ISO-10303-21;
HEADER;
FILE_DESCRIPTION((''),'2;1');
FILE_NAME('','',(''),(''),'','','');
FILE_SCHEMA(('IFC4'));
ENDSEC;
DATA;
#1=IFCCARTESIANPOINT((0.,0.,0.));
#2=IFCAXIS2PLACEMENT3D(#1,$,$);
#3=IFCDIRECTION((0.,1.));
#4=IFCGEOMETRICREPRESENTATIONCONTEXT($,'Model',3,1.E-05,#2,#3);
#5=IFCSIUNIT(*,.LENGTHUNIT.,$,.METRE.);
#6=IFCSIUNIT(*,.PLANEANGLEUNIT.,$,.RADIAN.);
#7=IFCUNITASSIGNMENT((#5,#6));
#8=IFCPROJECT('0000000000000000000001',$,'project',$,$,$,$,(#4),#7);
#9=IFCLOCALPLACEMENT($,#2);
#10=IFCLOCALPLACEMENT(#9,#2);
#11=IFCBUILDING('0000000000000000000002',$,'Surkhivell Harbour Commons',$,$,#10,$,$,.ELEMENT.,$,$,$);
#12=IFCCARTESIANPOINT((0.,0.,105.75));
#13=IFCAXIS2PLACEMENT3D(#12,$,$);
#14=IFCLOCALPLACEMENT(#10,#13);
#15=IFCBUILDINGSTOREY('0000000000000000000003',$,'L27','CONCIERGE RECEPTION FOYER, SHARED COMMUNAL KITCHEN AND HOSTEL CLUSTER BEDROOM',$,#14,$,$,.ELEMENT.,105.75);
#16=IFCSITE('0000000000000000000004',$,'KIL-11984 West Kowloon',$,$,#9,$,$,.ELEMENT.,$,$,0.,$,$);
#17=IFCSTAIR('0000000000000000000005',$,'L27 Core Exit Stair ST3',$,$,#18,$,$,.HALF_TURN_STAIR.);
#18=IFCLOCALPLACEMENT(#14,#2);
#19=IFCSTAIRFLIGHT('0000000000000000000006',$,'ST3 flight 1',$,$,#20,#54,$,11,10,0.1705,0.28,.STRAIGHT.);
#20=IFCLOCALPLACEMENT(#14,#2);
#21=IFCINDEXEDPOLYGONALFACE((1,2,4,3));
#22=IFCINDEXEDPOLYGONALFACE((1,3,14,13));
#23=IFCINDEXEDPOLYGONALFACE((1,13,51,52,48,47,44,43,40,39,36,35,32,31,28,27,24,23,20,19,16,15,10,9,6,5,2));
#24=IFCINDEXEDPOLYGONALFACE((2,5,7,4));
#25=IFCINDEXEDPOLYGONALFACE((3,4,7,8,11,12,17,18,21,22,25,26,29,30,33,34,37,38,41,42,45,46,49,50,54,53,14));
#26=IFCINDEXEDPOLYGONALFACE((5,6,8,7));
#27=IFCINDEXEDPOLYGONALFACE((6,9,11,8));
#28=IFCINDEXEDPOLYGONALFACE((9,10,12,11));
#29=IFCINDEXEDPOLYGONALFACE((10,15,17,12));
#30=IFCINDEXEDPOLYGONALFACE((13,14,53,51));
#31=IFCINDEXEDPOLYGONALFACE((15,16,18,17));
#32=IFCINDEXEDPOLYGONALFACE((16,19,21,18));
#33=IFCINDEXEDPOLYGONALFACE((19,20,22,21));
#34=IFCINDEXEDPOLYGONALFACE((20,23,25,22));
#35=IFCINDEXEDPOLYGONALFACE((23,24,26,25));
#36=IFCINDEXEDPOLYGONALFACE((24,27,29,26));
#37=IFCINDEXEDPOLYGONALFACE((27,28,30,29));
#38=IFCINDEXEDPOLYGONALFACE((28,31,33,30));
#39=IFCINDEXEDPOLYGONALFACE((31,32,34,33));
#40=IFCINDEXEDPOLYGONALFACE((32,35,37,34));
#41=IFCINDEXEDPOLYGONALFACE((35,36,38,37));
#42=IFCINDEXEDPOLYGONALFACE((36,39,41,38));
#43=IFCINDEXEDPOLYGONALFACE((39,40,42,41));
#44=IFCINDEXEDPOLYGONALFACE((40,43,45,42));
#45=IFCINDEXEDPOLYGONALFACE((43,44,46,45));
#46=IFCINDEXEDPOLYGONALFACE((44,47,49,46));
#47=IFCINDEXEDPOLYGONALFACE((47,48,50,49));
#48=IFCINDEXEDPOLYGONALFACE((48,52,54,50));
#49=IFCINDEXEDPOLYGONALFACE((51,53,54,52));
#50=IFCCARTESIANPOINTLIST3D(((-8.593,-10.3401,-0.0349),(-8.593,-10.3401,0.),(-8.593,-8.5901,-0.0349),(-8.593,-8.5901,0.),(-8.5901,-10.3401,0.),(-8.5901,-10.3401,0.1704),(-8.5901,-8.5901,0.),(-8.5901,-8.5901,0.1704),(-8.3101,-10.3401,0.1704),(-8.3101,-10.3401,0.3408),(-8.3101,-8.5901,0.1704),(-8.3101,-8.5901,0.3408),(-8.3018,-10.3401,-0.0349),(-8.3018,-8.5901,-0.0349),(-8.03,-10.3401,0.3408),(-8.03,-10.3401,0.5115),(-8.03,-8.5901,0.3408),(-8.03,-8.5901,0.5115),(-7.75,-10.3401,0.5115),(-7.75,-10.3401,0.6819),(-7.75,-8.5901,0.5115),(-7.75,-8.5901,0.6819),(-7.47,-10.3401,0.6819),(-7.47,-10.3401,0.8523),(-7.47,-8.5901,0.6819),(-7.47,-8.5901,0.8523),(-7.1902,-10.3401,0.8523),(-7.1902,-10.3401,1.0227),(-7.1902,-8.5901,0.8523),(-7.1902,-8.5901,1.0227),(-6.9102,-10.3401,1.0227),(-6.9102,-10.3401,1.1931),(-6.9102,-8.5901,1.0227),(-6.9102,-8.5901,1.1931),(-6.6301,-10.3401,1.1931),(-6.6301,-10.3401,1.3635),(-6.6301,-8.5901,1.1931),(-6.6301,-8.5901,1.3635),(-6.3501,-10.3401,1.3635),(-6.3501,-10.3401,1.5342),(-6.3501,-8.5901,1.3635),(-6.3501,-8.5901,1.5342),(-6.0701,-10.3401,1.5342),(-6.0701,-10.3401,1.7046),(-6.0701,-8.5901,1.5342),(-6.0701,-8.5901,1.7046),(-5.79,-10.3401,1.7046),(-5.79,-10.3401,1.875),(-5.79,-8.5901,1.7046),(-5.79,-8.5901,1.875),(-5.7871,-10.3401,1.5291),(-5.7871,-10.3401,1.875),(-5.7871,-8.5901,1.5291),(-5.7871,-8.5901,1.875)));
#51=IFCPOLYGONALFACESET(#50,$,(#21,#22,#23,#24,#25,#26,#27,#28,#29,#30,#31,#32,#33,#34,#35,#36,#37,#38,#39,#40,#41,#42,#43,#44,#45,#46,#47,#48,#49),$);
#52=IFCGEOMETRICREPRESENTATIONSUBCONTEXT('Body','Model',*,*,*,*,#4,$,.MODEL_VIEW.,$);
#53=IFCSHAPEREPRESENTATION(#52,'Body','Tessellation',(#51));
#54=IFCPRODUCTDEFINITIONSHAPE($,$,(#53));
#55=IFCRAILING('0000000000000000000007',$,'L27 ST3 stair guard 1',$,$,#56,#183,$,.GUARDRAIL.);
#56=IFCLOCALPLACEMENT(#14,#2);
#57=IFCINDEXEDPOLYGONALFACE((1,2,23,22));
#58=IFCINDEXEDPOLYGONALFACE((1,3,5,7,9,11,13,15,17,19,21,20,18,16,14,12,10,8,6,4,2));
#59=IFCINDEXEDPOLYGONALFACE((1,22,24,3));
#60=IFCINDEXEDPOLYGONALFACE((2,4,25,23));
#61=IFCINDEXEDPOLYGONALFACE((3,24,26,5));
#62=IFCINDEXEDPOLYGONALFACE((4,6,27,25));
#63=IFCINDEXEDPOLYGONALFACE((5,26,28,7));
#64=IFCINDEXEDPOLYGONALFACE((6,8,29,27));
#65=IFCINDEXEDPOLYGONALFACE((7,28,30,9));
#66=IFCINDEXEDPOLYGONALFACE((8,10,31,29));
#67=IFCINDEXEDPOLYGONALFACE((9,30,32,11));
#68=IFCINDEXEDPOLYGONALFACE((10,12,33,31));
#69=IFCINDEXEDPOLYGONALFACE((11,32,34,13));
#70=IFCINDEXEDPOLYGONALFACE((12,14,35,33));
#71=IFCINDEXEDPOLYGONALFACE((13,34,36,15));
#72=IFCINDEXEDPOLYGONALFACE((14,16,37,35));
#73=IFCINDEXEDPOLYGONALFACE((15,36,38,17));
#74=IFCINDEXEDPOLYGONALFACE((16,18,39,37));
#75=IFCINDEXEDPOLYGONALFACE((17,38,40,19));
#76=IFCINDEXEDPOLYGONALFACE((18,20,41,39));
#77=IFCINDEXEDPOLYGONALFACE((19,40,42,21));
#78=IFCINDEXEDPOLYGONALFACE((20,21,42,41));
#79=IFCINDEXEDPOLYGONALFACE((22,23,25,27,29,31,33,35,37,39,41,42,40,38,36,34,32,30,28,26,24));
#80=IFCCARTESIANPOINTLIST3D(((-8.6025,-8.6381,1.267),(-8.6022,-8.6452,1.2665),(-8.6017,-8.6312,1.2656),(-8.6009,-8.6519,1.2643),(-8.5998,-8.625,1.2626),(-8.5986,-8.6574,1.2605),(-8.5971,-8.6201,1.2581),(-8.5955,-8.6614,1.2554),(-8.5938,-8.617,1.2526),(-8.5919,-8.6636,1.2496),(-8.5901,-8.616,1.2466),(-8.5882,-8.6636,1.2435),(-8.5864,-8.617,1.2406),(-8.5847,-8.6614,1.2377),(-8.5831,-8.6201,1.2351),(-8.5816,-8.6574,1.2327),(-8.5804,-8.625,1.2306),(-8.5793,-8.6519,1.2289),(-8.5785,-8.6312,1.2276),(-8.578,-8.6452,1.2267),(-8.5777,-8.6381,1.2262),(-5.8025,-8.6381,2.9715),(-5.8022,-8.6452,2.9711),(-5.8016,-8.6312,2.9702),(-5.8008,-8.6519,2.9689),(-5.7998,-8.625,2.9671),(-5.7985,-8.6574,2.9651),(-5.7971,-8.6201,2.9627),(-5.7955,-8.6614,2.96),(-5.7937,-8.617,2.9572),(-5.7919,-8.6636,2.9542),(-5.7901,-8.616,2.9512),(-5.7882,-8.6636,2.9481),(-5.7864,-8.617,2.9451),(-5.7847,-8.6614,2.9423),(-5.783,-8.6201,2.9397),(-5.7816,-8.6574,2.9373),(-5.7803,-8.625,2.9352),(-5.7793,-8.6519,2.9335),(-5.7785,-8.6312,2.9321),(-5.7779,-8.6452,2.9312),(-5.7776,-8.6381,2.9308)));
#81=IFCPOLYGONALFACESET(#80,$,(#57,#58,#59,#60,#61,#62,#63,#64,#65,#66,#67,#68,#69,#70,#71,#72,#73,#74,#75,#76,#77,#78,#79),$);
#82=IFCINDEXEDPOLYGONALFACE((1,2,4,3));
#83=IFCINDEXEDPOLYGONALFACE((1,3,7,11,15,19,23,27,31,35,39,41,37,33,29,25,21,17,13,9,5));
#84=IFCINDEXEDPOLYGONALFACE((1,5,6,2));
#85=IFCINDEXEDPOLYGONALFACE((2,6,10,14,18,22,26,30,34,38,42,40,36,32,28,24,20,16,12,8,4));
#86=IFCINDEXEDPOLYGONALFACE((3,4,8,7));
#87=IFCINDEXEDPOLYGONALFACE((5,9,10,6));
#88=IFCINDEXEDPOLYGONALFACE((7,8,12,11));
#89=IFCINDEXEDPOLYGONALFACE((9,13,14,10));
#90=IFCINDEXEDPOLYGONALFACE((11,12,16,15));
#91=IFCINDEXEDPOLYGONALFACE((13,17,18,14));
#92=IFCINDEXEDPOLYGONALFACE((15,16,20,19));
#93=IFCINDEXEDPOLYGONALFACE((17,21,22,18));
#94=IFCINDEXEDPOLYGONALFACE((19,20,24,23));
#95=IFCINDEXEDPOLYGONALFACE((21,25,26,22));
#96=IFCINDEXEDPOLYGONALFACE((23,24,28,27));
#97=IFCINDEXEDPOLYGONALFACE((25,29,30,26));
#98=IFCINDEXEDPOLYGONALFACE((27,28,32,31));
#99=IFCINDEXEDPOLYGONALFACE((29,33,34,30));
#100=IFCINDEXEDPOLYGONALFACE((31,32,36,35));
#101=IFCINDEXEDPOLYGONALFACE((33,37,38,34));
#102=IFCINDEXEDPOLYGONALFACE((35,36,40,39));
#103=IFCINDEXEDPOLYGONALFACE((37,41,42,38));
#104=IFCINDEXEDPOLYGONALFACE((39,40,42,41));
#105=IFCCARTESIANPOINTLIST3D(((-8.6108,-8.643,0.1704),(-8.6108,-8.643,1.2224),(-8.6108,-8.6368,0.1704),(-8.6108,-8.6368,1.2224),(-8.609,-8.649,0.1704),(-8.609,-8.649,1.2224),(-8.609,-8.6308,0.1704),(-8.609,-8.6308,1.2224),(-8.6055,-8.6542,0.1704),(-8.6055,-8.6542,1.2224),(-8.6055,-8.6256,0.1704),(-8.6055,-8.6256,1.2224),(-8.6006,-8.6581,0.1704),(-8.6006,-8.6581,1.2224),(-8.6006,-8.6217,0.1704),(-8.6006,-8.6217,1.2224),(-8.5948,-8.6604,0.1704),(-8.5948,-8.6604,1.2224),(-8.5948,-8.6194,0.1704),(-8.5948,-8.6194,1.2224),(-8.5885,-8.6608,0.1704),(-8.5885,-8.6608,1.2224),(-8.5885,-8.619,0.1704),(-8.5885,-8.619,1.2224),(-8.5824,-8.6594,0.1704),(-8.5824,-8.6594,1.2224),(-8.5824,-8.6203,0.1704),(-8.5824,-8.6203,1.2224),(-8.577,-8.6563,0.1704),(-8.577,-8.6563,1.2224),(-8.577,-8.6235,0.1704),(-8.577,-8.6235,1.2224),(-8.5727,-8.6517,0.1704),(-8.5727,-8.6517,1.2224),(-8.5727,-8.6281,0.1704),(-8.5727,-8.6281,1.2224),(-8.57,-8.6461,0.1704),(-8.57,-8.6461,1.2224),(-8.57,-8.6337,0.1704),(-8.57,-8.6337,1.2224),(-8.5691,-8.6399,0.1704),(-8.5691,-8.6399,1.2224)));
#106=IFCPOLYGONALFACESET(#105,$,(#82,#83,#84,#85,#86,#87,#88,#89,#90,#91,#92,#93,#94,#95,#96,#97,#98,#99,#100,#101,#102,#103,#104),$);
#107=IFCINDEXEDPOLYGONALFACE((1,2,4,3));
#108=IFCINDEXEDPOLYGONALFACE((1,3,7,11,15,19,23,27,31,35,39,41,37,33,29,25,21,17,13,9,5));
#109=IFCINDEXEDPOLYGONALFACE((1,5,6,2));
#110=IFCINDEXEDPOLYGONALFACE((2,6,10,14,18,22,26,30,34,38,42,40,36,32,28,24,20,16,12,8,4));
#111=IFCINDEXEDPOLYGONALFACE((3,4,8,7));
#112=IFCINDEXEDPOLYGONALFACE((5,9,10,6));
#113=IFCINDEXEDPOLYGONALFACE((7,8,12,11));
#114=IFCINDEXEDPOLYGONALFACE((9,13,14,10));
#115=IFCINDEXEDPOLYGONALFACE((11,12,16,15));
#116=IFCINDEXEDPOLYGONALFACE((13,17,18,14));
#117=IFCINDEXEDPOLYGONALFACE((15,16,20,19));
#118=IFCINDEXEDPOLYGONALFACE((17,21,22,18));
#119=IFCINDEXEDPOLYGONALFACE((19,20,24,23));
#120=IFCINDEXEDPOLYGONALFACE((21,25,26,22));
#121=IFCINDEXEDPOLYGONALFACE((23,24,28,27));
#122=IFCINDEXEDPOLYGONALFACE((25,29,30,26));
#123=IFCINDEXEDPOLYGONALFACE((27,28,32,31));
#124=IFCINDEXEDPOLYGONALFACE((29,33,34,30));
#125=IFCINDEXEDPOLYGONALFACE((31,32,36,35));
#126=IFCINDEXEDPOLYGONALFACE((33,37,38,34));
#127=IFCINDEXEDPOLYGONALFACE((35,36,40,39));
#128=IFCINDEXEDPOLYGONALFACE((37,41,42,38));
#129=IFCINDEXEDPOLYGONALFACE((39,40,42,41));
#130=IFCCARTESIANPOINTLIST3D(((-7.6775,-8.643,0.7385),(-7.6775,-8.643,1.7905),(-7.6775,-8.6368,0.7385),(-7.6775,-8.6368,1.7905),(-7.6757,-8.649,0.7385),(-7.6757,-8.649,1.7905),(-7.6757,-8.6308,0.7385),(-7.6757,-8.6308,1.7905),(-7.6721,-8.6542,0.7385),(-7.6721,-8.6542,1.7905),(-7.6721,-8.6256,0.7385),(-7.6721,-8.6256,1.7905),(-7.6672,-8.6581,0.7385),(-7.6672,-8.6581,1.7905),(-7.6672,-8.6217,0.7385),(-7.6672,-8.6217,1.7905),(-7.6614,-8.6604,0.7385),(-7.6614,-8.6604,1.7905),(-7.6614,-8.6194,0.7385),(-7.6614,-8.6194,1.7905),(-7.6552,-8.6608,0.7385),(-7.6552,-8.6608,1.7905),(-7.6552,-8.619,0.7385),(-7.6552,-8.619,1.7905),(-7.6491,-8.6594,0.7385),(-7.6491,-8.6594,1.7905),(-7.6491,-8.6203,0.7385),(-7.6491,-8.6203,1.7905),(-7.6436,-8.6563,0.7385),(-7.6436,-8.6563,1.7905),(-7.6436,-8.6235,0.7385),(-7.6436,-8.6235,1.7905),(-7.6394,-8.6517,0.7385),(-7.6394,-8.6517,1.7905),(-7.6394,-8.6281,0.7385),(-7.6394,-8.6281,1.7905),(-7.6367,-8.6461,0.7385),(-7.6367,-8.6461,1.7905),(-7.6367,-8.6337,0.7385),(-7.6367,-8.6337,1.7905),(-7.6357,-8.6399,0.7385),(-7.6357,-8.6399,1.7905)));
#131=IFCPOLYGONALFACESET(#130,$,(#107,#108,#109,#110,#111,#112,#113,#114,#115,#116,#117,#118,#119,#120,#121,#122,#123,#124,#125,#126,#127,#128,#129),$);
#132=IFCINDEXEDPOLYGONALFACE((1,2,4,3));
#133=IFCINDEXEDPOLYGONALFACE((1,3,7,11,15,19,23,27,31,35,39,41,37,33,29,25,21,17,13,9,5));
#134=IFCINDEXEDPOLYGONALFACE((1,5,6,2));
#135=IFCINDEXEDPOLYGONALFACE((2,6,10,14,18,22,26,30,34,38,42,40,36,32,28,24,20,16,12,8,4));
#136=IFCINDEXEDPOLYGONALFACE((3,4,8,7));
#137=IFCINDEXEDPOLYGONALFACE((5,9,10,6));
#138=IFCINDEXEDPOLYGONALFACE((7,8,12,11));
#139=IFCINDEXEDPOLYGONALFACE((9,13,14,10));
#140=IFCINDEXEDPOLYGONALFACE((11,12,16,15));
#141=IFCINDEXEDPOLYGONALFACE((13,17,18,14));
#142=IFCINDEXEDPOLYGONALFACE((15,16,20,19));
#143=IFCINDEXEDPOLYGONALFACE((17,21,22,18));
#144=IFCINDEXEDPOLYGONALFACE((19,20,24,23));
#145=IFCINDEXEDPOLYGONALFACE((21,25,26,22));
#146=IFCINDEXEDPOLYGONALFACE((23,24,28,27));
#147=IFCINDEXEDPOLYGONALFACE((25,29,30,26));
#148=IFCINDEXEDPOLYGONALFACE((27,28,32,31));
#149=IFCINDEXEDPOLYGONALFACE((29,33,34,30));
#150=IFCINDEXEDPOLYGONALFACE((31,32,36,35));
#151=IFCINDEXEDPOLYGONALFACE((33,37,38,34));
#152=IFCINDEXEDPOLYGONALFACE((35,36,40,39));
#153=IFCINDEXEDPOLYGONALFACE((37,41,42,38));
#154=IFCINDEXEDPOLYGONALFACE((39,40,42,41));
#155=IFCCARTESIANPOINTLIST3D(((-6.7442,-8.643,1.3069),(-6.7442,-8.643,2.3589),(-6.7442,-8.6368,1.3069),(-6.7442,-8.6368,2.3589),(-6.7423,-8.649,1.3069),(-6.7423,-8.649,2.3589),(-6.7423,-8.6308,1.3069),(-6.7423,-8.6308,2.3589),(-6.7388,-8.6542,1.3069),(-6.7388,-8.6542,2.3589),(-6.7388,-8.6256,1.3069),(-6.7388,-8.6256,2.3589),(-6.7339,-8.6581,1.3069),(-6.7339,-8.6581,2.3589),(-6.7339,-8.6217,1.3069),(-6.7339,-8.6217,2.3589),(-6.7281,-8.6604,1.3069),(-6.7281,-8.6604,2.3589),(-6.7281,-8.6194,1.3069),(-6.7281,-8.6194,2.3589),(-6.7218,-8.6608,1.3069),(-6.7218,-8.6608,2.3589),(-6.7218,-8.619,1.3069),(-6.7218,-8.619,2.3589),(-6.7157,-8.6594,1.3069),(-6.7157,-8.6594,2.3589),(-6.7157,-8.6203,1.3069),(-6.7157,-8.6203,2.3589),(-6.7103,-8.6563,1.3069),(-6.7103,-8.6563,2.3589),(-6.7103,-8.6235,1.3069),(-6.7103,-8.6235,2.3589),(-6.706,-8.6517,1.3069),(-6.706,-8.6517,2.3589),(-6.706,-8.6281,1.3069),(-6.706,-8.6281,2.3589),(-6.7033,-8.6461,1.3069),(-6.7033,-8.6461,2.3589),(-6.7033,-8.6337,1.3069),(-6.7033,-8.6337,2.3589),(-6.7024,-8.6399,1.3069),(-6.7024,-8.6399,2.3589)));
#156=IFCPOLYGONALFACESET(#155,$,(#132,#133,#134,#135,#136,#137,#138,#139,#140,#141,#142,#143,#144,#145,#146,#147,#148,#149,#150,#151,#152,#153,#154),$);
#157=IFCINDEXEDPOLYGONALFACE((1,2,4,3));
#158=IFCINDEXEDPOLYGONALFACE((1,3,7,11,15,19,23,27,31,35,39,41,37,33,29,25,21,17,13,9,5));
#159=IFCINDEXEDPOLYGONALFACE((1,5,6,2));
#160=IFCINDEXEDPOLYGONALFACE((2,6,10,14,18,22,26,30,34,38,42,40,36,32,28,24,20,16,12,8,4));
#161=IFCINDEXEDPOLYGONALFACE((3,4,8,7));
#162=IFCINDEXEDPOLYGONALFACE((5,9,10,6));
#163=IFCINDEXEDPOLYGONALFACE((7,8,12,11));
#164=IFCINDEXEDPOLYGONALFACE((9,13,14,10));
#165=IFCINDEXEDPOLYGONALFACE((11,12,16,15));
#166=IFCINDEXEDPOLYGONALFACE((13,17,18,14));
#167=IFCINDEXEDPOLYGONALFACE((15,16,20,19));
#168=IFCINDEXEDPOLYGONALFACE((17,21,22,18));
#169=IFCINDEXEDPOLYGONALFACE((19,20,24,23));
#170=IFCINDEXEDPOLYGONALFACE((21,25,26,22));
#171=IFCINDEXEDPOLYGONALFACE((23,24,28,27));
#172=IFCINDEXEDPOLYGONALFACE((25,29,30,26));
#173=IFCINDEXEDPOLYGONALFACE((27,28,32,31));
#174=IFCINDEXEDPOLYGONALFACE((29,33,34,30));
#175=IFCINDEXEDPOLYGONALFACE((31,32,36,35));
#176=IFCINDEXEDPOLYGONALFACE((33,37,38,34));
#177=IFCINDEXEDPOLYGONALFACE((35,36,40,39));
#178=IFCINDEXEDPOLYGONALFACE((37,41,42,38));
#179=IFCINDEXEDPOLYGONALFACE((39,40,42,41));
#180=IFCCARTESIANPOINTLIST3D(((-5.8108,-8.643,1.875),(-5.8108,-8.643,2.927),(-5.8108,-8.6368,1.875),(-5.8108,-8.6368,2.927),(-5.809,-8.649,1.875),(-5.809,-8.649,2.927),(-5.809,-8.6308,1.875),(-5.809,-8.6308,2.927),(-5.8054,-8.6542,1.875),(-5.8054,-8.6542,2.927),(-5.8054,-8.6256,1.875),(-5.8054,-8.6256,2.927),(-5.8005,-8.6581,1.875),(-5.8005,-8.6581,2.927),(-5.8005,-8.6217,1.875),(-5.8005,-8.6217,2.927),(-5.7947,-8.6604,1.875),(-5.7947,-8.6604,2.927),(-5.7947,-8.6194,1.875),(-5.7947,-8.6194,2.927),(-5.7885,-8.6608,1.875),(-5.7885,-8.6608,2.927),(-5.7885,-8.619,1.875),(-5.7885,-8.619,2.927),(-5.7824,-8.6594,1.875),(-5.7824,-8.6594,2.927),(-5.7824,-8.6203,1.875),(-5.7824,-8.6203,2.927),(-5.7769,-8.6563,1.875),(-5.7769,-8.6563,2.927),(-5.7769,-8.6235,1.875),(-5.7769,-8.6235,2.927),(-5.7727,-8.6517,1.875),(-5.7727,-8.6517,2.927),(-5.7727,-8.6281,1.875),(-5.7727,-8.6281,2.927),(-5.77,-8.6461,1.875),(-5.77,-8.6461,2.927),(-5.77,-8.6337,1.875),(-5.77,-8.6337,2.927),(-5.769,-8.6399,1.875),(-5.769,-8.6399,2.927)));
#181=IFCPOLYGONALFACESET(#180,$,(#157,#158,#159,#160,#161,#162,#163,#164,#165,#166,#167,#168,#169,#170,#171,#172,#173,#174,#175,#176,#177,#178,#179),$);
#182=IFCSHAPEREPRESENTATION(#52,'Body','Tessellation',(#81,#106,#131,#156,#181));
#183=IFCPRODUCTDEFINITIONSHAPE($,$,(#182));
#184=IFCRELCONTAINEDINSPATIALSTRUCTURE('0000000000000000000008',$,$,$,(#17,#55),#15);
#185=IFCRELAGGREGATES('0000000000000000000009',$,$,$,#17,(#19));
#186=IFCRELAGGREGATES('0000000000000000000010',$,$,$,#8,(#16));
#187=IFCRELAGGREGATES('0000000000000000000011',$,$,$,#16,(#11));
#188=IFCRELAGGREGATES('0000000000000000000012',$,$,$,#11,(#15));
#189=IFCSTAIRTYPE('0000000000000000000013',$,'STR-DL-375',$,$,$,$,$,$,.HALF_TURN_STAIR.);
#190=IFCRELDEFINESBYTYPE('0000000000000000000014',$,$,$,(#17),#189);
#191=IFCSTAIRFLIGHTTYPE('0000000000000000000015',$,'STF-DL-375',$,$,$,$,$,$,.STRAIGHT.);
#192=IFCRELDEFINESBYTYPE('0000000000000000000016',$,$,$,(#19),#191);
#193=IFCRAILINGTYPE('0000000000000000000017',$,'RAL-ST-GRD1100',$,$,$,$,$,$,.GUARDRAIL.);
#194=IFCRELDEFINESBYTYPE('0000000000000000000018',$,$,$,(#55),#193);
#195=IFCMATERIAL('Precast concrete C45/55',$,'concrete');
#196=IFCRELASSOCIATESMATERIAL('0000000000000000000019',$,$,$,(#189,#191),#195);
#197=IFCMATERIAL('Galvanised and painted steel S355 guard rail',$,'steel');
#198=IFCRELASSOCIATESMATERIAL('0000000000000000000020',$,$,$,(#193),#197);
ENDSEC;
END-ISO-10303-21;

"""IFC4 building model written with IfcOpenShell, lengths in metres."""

from ifc_helpers import new_model, si_unit, direction, frame, origin, origin_2d, place, context, subcontext, project, spatial, polyline, circle, outline, extrude, material, type_object, element, aggregate, save


model = new_model("IFC4")

# Units and contexts
model_context = context("Model", 3, precision=1e-05, world=origin(), true_north=direction((0.0, 1.0)))
body_context = subcontext(model_context, "Body", "Model", "MODEL_VIEW")
ifc_project = project(units=[si_unit("LENGTHUNIT", "METRE"), si_unit("PLANEANGLEUNIT", "RADIAN")], contexts=[model_context])

# Site, building, storey
site_placement = place(None, origin())
site = spatial("IfcSite", under=ifc_project, at=site_placement, Name="KIL-11984 West Kowloon", CompositionType="ELEMENT", RefElevation=0.0)
building_placement = place(site_placement, origin())
building = spatial("IfcBuilding", under=site, at=building_placement, Name="Surkhivell Harbour Commons", CompositionType="ELEMENT")
storey_placement = place(building_placement, frame((0.0, 0.0, 105.75)))
storey = spatial("IfcBuildingStorey", under=building, at=storey_placement, Name="L27", Description="CONCIERGE RECEPTION FOYER, SHARED COMMUNAL KITCHEN AND HOSTEL CLUSTER BEDROOM", CompositionType="ELEMENT", Elevation=105.75)

# Stair, stair flight
ifc_material_1 = material(Name="Precast concrete C45/55", Category="concrete")
stair_type = type_object("IfcStairType", Name="STR-DL-375", PredefinedType="HALF_TURN_STAIR", material=ifc_material_1)
stair_placement = place(storey_placement, origin())
stair = element("IfcStair", 1, at=stair_placement, inside=storey, type_object=stair_type, Name="L27 Core Exit Stair ST3", PredefinedType="HALF_TURN_STAIR")
stair_flight_type = type_object("IfcStairFlightType", Name="STF-DL-375", PredefinedType="STRAIGHT", material=ifc_material_1)
stair_flight_placement = place(storey_placement, frame((-8.5901, -9.4651, 0.0), z_axis=(0.0, 0.0, 1.0), x_axis=(1.0, 0.0, 0.0)))
stair_flight = element("IfcStairFlight", 2, at=stair_flight_placement, type_object=stair_flight_type, Name="ST3 flight 1", NumberOfRisers=11, NumberOfTreads=10, PredefinedType="STRAIGHT", RiserHeight=0.1705, TreadLength=0.28, context=body_context, shape_type="SweptSolid", body=[
    extrude(outline(polyline([(-0.0029, -0.0349), (-0.0029, 0.0), (0.0, 0.0), (0.0, 0.1704), (0.28, 0.1704), (0.28, 0.3408), (0.5601, 0.3408), (0.5601, 0.5115), (0.8401, 0.5115), (0.8401, 0.6819), (1.1201, 0.6819), (1.1201, 0.8523), (1.3999, 0.8523), (1.3999, 1.0227), (1.6799, 1.0227), (1.6799, 1.1931), (1.96, 1.1931), (1.96, 1.3635), (2.24, 1.3635), (2.24, 1.5342), (2.52, 1.5342), (2.52, 1.7046), (2.8, 1.7046), (2.8, 1.875), (2.803, 1.875), (2.803, 1.5291), (0.2883, -0.0349), (-0.0029, -0.0349)])), frame((0.0, 0.875, 0.0), z_axis=(0.0, -1.0, 0.0), x_axis=(1.0, 0.0, 0.0)), (0.0, 0.0, 1.0), 1.75),
])
aggregate(stair, [stair_flight])

# Railing
ifc_material_2 = material(Name="Galvanised and painted steel S355 guard rail", Category="steel")
railing_type_1 = type_object("IfcRailingType", Name="RAL-ST-GRD1100", PredefinedType="GUARDRAIL", material=ifc_material_2)
railing_1_placement = place(storey_placement, frame((-8.5901, -8.6399, 0.1704)))
element("IfcRailing", 3, at=railing_1_placement, inside=storey, type_object=railing_type_1, Name="L27 ST3 stair guard 1", PredefinedType="GUARDRAIL", context=body_context, shape_type="SweptSolid", body=[
    extrude(circle(Radius=0.0239, at=origin_2d()), frame((0.0, 0.0, 1.0762), z_axis=(0.85417, 0.0, 0.519994), x_axis=(0.0, 1.0, 0.0)), (0.0, 0.0, 1.0), 3.2781),
    extrude(circle(Radius=0.021, at=origin_2d()), origin(), (0.0, 0.0, 1.0), 1.052),
    extrude(circle(Radius=0.021, at=origin_2d()), frame((0.9333, 0.0, 0.5681)), (0.0, 0.0, 1.0), 1.052),
    extrude(circle(Radius=0.021, at=origin_2d()), frame((1.8667, 0.0, 1.1365)), (0.0, 0.0, 1.0), 1.052),
    extrude(circle(Radius=0.021, at=origin_2d()), frame((2.8, 0.0, 1.7046)), (0.0, 0.0, 1.0), 1.052),
])

save(model, "model.ifc")
